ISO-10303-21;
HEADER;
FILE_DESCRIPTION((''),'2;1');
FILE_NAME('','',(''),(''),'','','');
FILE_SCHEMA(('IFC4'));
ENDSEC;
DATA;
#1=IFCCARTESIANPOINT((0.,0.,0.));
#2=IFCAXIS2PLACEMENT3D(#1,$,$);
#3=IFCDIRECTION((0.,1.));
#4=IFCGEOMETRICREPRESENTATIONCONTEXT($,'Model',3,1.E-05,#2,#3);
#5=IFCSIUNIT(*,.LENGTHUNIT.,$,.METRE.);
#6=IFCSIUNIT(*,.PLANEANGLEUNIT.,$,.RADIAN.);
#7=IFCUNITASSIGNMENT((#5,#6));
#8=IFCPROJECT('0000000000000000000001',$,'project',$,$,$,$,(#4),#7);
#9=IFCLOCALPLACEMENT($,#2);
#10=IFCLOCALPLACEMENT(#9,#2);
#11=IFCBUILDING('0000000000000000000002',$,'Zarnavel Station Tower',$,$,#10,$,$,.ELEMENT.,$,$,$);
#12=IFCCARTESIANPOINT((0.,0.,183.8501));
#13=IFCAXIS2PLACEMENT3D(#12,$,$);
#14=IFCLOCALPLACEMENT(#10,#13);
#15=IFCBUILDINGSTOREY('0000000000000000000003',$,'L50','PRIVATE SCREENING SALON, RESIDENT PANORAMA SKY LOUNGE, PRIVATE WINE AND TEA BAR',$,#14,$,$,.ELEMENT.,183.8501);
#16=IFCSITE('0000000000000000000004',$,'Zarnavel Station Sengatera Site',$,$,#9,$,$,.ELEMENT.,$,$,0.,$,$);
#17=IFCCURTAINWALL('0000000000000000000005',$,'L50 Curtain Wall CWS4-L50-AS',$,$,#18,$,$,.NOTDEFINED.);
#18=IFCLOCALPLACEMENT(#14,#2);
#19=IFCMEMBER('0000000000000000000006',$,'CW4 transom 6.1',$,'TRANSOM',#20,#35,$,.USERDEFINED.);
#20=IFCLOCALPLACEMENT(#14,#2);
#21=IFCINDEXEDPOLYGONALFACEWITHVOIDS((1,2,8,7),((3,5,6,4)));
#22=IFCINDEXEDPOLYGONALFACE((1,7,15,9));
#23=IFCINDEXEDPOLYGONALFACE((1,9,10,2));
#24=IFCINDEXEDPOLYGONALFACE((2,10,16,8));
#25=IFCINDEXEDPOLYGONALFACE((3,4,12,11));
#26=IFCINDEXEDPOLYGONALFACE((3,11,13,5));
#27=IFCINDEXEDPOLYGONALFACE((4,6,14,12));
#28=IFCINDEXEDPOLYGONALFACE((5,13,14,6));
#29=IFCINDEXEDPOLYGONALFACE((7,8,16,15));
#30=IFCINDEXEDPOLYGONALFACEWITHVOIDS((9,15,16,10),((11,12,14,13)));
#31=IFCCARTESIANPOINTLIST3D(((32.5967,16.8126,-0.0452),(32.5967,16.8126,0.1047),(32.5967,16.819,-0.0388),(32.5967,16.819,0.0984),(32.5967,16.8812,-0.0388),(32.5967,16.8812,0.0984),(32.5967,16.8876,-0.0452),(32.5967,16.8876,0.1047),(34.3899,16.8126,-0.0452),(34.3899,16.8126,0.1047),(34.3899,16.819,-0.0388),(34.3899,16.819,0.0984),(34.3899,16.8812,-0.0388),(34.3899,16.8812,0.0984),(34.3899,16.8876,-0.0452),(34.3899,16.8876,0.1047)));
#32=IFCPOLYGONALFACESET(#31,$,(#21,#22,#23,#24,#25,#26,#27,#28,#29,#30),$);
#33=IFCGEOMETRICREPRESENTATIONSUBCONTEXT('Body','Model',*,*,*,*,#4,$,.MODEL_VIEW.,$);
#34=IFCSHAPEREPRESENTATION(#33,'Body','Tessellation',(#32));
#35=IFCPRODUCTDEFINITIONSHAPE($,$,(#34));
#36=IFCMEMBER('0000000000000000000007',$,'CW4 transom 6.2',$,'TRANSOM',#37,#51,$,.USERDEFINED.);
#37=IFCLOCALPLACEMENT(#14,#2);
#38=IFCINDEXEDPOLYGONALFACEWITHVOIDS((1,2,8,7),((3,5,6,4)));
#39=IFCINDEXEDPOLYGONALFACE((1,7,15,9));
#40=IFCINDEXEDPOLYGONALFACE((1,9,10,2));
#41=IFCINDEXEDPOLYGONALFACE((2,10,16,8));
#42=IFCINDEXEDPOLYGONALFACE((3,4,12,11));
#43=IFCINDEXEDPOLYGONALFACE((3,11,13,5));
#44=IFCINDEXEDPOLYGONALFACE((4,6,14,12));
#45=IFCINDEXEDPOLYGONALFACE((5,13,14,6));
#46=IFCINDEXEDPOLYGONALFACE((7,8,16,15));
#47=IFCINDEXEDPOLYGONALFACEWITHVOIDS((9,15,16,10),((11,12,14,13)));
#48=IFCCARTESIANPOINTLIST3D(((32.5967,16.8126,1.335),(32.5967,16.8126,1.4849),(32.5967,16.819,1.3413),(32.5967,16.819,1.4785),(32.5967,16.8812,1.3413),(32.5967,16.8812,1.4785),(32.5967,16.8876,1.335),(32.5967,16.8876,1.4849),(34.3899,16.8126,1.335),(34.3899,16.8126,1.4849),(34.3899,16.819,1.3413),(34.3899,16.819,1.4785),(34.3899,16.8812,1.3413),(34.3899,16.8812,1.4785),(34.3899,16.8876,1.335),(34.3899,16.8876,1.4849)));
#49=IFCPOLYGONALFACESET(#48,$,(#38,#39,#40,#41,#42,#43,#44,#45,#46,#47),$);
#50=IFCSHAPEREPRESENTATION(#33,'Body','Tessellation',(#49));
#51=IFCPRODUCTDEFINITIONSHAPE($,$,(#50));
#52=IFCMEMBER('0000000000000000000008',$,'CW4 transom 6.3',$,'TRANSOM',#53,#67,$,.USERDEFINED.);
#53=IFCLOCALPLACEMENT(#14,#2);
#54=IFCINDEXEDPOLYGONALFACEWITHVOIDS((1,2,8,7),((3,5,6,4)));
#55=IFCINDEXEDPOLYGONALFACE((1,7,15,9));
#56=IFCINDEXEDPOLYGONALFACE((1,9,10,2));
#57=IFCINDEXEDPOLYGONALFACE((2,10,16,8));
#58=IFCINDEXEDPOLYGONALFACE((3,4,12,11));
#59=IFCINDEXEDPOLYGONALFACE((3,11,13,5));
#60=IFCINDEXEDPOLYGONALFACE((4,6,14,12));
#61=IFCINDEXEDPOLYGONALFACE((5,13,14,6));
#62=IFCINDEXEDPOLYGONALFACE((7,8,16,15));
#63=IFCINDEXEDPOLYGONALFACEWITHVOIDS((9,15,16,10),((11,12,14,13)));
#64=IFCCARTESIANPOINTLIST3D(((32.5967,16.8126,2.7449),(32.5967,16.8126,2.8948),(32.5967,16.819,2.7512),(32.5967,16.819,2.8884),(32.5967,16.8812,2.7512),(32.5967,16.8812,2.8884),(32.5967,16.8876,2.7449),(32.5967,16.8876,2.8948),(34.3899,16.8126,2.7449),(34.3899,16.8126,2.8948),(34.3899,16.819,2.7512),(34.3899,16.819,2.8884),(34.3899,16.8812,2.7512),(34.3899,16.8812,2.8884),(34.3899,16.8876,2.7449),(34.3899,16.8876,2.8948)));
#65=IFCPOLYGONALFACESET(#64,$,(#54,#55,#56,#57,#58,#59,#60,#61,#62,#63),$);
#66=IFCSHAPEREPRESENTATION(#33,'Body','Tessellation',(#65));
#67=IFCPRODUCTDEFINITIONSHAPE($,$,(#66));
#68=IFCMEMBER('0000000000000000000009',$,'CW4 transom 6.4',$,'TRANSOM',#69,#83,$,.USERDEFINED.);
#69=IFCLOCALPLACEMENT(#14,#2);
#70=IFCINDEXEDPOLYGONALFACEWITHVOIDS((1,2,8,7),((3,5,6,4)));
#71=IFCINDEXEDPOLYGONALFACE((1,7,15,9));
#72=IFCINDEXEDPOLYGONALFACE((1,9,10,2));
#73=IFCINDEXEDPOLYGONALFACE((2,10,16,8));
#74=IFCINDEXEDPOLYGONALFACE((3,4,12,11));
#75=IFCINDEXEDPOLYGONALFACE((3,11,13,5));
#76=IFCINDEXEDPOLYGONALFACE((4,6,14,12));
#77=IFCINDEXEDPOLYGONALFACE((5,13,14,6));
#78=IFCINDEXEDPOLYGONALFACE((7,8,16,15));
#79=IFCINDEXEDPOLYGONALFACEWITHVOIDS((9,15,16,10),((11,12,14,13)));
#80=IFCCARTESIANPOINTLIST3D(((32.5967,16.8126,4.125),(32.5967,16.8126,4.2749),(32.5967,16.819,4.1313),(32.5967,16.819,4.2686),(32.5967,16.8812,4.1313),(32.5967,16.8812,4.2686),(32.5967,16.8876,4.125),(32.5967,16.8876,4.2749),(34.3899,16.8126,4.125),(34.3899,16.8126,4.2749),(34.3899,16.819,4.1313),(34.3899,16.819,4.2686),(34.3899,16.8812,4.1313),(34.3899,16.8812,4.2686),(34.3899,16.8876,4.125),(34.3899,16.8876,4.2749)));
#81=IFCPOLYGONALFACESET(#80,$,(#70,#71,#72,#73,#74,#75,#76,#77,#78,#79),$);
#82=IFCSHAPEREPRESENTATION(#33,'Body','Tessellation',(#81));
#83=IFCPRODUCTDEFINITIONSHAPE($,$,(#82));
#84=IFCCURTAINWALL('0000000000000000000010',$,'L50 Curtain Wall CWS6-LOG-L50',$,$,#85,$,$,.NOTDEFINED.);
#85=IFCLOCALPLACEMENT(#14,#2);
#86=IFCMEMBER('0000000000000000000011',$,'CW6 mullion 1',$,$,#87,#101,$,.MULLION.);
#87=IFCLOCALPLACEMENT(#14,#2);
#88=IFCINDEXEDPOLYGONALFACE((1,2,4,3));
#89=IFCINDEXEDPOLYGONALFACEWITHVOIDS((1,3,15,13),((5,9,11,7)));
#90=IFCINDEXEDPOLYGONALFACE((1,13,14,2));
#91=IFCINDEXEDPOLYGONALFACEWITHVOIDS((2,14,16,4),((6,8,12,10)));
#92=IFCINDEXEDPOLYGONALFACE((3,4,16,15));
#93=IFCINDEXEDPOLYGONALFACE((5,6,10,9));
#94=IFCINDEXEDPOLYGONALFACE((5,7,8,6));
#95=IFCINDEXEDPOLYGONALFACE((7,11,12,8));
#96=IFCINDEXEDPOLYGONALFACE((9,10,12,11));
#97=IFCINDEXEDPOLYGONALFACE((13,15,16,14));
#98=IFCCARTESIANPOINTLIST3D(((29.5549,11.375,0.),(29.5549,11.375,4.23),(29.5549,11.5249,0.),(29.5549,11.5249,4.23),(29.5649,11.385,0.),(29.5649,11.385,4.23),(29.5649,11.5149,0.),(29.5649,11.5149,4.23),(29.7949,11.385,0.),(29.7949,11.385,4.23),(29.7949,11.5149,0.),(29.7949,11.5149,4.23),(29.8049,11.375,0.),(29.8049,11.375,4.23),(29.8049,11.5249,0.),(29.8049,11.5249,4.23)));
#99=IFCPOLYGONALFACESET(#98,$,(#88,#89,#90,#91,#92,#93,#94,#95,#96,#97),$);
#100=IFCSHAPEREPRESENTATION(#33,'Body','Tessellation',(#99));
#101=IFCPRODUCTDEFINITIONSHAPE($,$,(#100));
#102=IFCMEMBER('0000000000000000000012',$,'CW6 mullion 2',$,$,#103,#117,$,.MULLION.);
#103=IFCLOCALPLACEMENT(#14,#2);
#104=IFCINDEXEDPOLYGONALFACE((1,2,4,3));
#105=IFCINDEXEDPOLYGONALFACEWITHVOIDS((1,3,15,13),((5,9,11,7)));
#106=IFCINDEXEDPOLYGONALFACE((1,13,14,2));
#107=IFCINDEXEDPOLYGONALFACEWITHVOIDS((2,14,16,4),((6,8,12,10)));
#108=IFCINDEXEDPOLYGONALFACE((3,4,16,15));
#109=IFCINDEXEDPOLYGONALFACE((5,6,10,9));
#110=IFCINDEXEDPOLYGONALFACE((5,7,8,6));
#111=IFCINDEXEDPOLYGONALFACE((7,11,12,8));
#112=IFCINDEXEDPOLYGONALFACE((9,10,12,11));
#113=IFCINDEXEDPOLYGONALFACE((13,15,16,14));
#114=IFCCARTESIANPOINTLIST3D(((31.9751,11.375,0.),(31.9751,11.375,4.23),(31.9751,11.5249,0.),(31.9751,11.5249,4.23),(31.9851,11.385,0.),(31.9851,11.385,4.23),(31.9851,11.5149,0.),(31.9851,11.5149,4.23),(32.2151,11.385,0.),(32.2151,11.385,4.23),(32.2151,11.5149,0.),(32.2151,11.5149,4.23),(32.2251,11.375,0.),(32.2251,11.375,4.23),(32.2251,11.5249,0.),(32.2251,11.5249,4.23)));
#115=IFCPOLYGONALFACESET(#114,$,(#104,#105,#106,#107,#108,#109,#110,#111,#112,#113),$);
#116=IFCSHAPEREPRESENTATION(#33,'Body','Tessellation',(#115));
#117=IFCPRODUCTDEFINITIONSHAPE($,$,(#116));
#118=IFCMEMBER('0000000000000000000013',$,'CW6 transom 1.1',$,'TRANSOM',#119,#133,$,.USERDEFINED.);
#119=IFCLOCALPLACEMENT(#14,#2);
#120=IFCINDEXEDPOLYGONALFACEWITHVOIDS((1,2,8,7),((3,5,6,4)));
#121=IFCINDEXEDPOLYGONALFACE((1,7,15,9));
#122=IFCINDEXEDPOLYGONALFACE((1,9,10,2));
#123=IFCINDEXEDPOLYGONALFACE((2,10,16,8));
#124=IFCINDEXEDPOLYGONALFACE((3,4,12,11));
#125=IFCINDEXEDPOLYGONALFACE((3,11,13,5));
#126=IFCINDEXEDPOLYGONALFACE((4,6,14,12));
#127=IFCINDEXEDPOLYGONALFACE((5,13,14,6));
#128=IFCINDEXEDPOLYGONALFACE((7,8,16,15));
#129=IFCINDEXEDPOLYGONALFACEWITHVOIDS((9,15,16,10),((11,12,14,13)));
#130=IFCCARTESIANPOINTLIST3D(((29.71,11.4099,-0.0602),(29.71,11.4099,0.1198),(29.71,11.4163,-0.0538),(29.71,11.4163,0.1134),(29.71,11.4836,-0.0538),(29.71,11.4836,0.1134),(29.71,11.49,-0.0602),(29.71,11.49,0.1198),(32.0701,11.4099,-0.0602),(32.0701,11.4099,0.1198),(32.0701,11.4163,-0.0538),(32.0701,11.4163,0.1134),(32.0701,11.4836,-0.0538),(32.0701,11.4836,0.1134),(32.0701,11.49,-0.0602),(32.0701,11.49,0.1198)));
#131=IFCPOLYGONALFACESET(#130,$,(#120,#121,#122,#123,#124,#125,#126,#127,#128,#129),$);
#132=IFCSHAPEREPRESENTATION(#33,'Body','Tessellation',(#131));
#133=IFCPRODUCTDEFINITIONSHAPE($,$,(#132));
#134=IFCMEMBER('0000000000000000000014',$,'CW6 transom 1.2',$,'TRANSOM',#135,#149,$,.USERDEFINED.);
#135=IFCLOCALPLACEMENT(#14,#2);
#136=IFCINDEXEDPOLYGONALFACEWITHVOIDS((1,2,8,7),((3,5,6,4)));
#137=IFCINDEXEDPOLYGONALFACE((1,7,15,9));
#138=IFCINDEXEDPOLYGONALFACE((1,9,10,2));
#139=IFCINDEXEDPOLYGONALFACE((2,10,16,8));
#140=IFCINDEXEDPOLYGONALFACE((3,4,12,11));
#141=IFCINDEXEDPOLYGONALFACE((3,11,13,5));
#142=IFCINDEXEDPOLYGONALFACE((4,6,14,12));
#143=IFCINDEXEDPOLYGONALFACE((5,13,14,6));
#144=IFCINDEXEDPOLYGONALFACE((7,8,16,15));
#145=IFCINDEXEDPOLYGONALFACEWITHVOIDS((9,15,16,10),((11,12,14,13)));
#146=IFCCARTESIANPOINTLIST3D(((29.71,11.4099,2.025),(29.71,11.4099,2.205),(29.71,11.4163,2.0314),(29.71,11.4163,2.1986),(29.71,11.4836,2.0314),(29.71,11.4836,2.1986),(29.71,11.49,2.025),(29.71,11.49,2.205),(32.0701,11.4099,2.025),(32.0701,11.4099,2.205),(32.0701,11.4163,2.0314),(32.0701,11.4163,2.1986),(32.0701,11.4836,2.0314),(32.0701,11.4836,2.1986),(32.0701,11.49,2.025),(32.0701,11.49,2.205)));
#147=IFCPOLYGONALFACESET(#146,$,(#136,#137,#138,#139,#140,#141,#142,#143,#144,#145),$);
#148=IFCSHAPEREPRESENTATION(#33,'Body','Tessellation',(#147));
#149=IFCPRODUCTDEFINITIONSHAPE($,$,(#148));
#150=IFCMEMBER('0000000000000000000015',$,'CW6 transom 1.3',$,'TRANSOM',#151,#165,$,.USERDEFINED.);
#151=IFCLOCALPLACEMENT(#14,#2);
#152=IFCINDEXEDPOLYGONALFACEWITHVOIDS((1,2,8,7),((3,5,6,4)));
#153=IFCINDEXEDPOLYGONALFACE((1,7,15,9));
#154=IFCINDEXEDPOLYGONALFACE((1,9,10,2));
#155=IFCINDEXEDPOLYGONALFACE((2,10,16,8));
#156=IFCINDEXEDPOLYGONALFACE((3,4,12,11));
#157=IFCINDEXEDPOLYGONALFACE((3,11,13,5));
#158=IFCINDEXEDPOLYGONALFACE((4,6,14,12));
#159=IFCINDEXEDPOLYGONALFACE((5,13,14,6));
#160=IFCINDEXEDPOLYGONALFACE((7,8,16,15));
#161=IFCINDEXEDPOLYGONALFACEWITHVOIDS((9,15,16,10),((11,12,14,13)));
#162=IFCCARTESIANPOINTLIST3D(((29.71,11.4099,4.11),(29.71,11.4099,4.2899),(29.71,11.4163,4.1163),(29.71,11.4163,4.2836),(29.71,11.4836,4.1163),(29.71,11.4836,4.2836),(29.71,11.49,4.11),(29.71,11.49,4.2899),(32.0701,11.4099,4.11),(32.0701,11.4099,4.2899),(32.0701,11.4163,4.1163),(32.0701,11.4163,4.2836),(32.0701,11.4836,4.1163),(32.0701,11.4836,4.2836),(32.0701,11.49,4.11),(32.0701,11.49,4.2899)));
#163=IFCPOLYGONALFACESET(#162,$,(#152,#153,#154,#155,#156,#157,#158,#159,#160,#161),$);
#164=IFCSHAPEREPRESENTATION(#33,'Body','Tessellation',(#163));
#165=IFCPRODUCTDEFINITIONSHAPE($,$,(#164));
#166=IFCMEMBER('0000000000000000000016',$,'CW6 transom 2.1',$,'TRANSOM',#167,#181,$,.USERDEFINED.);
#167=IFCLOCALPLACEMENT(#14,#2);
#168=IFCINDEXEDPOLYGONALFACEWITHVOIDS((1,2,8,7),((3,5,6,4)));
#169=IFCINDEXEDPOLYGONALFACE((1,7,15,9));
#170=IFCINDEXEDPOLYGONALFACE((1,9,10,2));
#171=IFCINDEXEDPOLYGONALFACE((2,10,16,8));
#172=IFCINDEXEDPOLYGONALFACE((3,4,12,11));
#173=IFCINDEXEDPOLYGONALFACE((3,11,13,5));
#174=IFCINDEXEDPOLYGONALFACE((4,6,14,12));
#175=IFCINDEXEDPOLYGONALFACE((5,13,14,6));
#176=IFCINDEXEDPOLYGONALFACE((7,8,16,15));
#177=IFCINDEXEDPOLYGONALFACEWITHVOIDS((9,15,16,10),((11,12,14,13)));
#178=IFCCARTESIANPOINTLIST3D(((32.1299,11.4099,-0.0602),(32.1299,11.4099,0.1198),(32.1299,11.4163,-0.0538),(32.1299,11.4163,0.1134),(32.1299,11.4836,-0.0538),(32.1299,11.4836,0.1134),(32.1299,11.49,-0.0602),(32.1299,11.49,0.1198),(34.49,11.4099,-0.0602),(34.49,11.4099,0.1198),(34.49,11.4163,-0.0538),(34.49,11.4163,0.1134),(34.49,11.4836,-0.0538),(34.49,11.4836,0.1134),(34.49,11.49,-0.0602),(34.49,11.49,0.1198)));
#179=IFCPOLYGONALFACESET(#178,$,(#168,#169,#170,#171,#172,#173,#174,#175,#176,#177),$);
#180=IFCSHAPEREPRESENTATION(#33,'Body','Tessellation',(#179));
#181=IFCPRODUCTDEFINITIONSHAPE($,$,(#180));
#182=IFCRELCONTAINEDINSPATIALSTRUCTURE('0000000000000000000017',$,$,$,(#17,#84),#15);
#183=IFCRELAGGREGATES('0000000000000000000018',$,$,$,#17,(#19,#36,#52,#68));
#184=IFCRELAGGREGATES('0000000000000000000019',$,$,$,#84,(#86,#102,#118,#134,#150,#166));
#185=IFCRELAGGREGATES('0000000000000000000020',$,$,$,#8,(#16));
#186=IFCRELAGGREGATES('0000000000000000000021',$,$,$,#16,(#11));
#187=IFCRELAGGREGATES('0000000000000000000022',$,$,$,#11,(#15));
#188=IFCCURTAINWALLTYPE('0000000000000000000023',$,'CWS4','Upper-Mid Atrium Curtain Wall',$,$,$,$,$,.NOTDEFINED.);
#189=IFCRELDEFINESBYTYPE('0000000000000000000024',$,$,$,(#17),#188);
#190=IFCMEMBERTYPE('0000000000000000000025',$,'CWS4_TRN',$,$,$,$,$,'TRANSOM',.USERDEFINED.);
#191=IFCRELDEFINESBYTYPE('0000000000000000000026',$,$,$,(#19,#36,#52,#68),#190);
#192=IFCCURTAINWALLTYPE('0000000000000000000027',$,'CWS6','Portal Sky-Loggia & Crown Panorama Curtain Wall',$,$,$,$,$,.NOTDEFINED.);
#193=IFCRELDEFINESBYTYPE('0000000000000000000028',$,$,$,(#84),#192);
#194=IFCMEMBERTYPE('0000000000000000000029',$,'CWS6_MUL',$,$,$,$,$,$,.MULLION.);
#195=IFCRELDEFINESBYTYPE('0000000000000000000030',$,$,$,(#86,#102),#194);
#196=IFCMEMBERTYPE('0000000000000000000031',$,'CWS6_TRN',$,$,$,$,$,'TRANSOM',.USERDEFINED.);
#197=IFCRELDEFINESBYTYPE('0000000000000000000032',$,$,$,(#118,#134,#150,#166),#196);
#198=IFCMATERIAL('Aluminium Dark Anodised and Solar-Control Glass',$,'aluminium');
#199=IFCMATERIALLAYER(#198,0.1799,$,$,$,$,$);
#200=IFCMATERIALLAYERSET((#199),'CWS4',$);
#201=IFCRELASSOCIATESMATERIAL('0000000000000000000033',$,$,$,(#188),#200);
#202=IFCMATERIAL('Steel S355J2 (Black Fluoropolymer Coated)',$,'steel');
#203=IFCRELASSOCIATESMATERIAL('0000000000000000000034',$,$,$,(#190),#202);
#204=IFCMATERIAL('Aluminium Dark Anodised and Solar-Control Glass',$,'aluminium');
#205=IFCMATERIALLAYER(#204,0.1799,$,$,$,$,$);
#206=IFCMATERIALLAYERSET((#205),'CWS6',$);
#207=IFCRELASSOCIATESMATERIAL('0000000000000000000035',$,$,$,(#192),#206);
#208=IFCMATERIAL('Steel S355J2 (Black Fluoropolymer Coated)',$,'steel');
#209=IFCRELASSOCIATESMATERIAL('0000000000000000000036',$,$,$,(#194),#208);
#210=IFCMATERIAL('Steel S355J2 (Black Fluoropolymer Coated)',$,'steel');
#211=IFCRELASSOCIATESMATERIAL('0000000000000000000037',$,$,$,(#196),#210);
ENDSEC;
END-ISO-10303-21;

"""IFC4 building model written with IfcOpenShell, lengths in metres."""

from ifc_helpers import new_model, si_unit, direction, frame, origin, origin_2d, place, context, subcontext, project, spatial, hollow_rectangle, extrude, material, layer, layer_set, material_profile, profile_set, type_object, element, aggregate, save


model = new_model("IFC4")

# Units and contexts
model_context = context("Model", 3, precision=1e-05, world=origin(), true_north=direction((0.0, 1.0)))
body_context = subcontext(model_context, "Body", "Model", "MODEL_VIEW")
ifc_project = project(units=[si_unit("LENGTHUNIT", "METRE"), si_unit("PLANEANGLEUNIT", "RADIAN")], contexts=[model_context])

# Site, building, storey
site_placement = place(None, origin())
site = spatial("IfcSite", under=ifc_project, at=site_placement, Name="Zarnavel Station Sengatera Site", CompositionType="ELEMENT", RefElevation=0.0)
building_placement = place(site_placement, origin())
building = spatial("IfcBuilding", under=site, at=building_placement, Name="Zarnavel Station Tower", CompositionType="ELEMENT")
storey_placement = place(building_placement, frame((0.0, 0.0, 183.8501)))
storey = spatial("IfcBuildingStorey", under=building, at=storey_placement, Name="L50", Description="PRIVATE SCREENING SALON, RESIDENT PANORAMA SKY LOUNGE, PRIVATE WINE AND TEA BAR", CompositionType="ELEMENT", Elevation=183.8501)

# Curtain walls, members
ifc_material_1 = material(Name="Aluminium Dark Anodised and Solar-Control Glass", Category="aluminium")
ifc_layer_1 = layer(ifc_material_1, 0.1799)
ifc_layer_set_1 = layer_set([ifc_layer_1], Name="CWS4")
curtain_wall_type_1 = type_object("IfcCurtainWallType", Name="CWS4", Description="Upper-Mid Atrium Curtain Wall", PredefinedType="NOTDEFINED", material=ifc_layer_set_1)
curtain_wall_1_placement = place(storey_placement, origin())
curtain_wall_1 = element("IfcCurtainWall", 1, at=curtain_wall_1_placement, inside=storey, type_object=curtain_wall_type_1, Name="L50 Curtain Wall CWS4-L50-AS", PredefinedType="NOTDEFINED")
ifc_material_2 = material(Name="Steel S355J2 (Black Fluoropolymer Coated)", Category="steel")
ifc_material_profile_1 = material_profile(ifc_material_2, hollow_rectangle(XDim=0.075, YDim=0.1499, WallThickness=0.0063, at=origin_2d()), Name="RHS150x75x6.3")
ifc_profile_set_1 = profile_set([ifc_material_profile_1], Name="Steel S355J2 (Black Fluoropolymer Coated)")
member_type_1 = type_object("IfcMemberType", Name="CWS4_TRN", ElementType="TRANSOM", PredefinedType="USERDEFINED", material=ifc_profile_set_1)
member_1_placement = place(storey_placement, frame((32.5967, 16.8501, 0.0298), z_axis=(1.0, 0.0, 0.0), x_axis=(0.0, 1.0, 0.0)))
member_1 = element("IfcMember", 2, at=member_1_placement, type_object=member_type_1, Name="CW4 transom 6.1", ObjectType="TRANSOM", PredefinedType="USERDEFINED", context=body_context, shape_type="SweptSolid", body=[
    extrude(hollow_rectangle(XDim=0.075, YDim=0.1499, WallThickness=0.0063, at=origin_2d()), origin(), (0.0, 0.0, 1.0), 1.7932),
])
member_2_placement = place(storey_placement, frame((32.5967, 16.8501, 1.4099), z_axis=(1.0, 0.0, 0.0), x_axis=(0.0, 1.0, 0.0)))
member_2 = element("IfcMember", 3, at=member_2_placement, type_object=member_type_1, Name="CW4 transom 6.2", ObjectType="TRANSOM", PredefinedType="USERDEFINED", context=body_context, shape_type="SweptSolid", body=[
    extrude(hollow_rectangle(XDim=0.075, YDim=0.1499, WallThickness=0.0063, at=origin_2d()), origin(), (0.0, 0.0, 1.0), 1.7932),
])
member_3_placement = place(storey_placement, frame((32.5967, 16.8501, 2.8198), z_axis=(1.0, 0.0, 0.0), x_axis=(0.0, 1.0, 0.0)))
member_3 = element("IfcMember", 4, at=member_3_placement, type_object=member_type_1, Name="CW4 transom 6.3", ObjectType="TRANSOM", PredefinedType="USERDEFINED", context=body_context, shape_type="SweptSolid", body=[
    extrude(hollow_rectangle(XDim=0.075, YDim=0.1499, WallThickness=0.0063, at=origin_2d()), origin(), (0.0, 0.0, 1.0), 1.7932),
])
member_4_placement = place(storey_placement, frame((32.5967, 16.8501, 4.2), z_axis=(1.0, 0.0, 0.0), x_axis=(0.0, 1.0, 0.0)))
member_4 = element("IfcMember", 5, at=member_4_placement, type_object=member_type_1, Name="CW4 transom 6.4", ObjectType="TRANSOM", PredefinedType="USERDEFINED", context=body_context, shape_type="SweptSolid", body=[
    extrude(hollow_rectangle(XDim=0.075, YDim=0.1499, WallThickness=0.0063, at=origin_2d()), origin(), (0.0, 0.0, 1.0), 1.7932),
])
ifc_material_3 = material(Name="Aluminium Dark Anodised and Solar-Control Glass", Category="aluminium")
ifc_layer_2 = layer(ifc_material_3, 0.1799)
ifc_layer_set_2 = layer_set([ifc_layer_2], Name="CWS6")
curtain_wall_type_2 = type_object("IfcCurtainWallType", Name="CWS6", Description="Portal Sky-Loggia & Crown Panorama Curtain Wall", PredefinedType="NOTDEFINED", material=ifc_layer_set_2)
curtain_wall_2_placement = place(storey_placement, origin())
curtain_wall_2 = element("IfcCurtainWall", 6, at=curtain_wall_2_placement, inside=storey, type_object=curtain_wall_type_2, Name="L50 Curtain Wall CWS6-LOG-L50", PredefinedType="NOTDEFINED")
ifc_material_4 = material(Name="Steel S355J2 (Black Fluoropolymer Coated)", Category="steel")
ifc_material_profile_2 = material_profile(ifc_material_4, hollow_rectangle(XDim=0.1499, YDim=0.25, WallThickness=0.01, at=origin_2d()), Name="RHS250x150x10")
ifc_profile_set_2 = profile_set([ifc_material_profile_2], Name="Steel S355J2 (Black Fluoropolymer Coated)")
member_type_2 = type_object("IfcMemberType", Name="CWS6_MUL", PredefinedType="MULLION", material=ifc_profile_set_2)
member_5_placement = place(storey_placement, frame((29.6799, 11.45, 0.0), z_axis=(0.0, 0.0, 1.0), x_axis=(0.0, 1.0, 0.0)))
member_5 = element("IfcMember", 7, at=member_5_placement, type_object=member_type_2, Name="CW6 mullion 1", PredefinedType="MULLION", context=body_context, shape_type="SweptSolid", body=[
    extrude(hollow_rectangle(XDim=0.1499, YDim=0.25, WallThickness=0.01, at=origin_2d()), origin(), (0.0, 0.0, 1.0), 4.23),
])
member_6_placement = place(storey_placement, frame((32.1001, 11.45, 0.0), z_axis=(0.0, 0.0, 1.0), x_axis=(0.0, 1.0, 0.0)))
member_6 = element("IfcMember", 8, at=member_6_placement, type_object=member_type_2, Name="CW6 mullion 2", PredefinedType="MULLION", context=body_context, shape_type="SweptSolid", body=[
    extrude(hollow_rectangle(XDim=0.1499, YDim=0.25, WallThickness=0.01, at=origin_2d()), origin(), (0.0, 0.0, 1.0), 4.23),
])
ifc_material_5 = material(Name="Steel S355J2 (Black Fluoropolymer Coated)", Category="steel")
ifc_material_profile_3 = material_profile(ifc_material_5, hollow_rectangle(XDim=0.0801, YDim=0.1799, WallThickness=0.0063, at=origin_2d()), Name="RHS180x80x6.3")
ifc_profile_set_3 = profile_set([ifc_material_profile_3], Name="Steel S355J2 (Black Fluoropolymer Coated)")
member_type_3 = type_object("IfcMemberType", Name="CWS6_TRN", ElementType="TRANSOM", PredefinedType="USERDEFINED", material=ifc_profile_set_3)
member_7_placement = place(storey_placement, frame((29.71, 11.45, 0.0298), z_axis=(1.0, 0.0, 0.0), x_axis=(0.0, 1.0, 0.0)))
member_7 = element("IfcMember", 9, at=member_7_placement, type_object=member_type_3, Name="CW6 transom 1.1", ObjectType="TRANSOM", PredefinedType="USERDEFINED", context=body_context, shape_type="SweptSolid", body=[
    extrude(hollow_rectangle(XDim=0.0801, YDim=0.1799, WallThickness=0.0063, at=origin_2d()), origin(), (0.0, 0.0, 1.0), 2.3601),
])
member_8_placement = place(storey_placement, frame((29.71, 11.45, 2.115), z_axis=(1.0, 0.0, 0.0), x_axis=(0.0, 1.0, 0.0)))
member_8 = element("IfcMember", 10, at=member_8_placement, type_object=member_type_3, Name="CW6 transom 1.2", ObjectType="TRANSOM", PredefinedType="USERDEFINED", context=body_context, shape_type="SweptSolid", body=[
    extrude(hollow_rectangle(XDim=0.0801, YDim=0.1799, WallThickness=0.0063, at=origin_2d()), origin(), (0.0, 0.0, 1.0), 2.3601),
])
member_9_placement = place(storey_placement, frame((29.71, 11.45, 4.2), z_axis=(1.0, 0.0, 0.0), x_axis=(0.0, 1.0, 0.0)))
member_9 = element("IfcMember", 11, at=member_9_placement, type_object=member_type_3, Name="CW6 transom 1.3", ObjectType="TRANSOM", PredefinedType="USERDEFINED", context=body_context, shape_type="SweptSolid", body=[
    extrude(hollow_rectangle(XDim=0.0801, YDim=0.1799, WallThickness=0.0063, at=origin_2d()), origin(), (0.0, 0.0, 1.0), 2.3601),
])
member_10_placement = place(storey_placement, frame((32.1299, 11.45, 0.0298), z_axis=(1.0, 0.0, 0.0), x_axis=(0.0, 1.0, 0.0)))
member_10 = element("IfcMember", 12, at=member_10_placement, type_object=member_type_3, Name="CW6 transom 2.1", ObjectType="TRANSOM", PredefinedType="USERDEFINED", context=body_context, shape_type="SweptSolid", body=[
    extrude(hollow_rectangle(XDim=0.0801, YDim=0.1799, WallThickness=0.0063, at=origin_2d()), origin(), (0.0, 0.0, 1.0), 2.3601),
])

aggregate(curtain_wall_1, [member_1, member_2, member_3, member_4])
aggregate(curtain_wall_2, [member_5, member_6, member_7, member_8, member_9, member_10])

save(model, "model.ifc")
